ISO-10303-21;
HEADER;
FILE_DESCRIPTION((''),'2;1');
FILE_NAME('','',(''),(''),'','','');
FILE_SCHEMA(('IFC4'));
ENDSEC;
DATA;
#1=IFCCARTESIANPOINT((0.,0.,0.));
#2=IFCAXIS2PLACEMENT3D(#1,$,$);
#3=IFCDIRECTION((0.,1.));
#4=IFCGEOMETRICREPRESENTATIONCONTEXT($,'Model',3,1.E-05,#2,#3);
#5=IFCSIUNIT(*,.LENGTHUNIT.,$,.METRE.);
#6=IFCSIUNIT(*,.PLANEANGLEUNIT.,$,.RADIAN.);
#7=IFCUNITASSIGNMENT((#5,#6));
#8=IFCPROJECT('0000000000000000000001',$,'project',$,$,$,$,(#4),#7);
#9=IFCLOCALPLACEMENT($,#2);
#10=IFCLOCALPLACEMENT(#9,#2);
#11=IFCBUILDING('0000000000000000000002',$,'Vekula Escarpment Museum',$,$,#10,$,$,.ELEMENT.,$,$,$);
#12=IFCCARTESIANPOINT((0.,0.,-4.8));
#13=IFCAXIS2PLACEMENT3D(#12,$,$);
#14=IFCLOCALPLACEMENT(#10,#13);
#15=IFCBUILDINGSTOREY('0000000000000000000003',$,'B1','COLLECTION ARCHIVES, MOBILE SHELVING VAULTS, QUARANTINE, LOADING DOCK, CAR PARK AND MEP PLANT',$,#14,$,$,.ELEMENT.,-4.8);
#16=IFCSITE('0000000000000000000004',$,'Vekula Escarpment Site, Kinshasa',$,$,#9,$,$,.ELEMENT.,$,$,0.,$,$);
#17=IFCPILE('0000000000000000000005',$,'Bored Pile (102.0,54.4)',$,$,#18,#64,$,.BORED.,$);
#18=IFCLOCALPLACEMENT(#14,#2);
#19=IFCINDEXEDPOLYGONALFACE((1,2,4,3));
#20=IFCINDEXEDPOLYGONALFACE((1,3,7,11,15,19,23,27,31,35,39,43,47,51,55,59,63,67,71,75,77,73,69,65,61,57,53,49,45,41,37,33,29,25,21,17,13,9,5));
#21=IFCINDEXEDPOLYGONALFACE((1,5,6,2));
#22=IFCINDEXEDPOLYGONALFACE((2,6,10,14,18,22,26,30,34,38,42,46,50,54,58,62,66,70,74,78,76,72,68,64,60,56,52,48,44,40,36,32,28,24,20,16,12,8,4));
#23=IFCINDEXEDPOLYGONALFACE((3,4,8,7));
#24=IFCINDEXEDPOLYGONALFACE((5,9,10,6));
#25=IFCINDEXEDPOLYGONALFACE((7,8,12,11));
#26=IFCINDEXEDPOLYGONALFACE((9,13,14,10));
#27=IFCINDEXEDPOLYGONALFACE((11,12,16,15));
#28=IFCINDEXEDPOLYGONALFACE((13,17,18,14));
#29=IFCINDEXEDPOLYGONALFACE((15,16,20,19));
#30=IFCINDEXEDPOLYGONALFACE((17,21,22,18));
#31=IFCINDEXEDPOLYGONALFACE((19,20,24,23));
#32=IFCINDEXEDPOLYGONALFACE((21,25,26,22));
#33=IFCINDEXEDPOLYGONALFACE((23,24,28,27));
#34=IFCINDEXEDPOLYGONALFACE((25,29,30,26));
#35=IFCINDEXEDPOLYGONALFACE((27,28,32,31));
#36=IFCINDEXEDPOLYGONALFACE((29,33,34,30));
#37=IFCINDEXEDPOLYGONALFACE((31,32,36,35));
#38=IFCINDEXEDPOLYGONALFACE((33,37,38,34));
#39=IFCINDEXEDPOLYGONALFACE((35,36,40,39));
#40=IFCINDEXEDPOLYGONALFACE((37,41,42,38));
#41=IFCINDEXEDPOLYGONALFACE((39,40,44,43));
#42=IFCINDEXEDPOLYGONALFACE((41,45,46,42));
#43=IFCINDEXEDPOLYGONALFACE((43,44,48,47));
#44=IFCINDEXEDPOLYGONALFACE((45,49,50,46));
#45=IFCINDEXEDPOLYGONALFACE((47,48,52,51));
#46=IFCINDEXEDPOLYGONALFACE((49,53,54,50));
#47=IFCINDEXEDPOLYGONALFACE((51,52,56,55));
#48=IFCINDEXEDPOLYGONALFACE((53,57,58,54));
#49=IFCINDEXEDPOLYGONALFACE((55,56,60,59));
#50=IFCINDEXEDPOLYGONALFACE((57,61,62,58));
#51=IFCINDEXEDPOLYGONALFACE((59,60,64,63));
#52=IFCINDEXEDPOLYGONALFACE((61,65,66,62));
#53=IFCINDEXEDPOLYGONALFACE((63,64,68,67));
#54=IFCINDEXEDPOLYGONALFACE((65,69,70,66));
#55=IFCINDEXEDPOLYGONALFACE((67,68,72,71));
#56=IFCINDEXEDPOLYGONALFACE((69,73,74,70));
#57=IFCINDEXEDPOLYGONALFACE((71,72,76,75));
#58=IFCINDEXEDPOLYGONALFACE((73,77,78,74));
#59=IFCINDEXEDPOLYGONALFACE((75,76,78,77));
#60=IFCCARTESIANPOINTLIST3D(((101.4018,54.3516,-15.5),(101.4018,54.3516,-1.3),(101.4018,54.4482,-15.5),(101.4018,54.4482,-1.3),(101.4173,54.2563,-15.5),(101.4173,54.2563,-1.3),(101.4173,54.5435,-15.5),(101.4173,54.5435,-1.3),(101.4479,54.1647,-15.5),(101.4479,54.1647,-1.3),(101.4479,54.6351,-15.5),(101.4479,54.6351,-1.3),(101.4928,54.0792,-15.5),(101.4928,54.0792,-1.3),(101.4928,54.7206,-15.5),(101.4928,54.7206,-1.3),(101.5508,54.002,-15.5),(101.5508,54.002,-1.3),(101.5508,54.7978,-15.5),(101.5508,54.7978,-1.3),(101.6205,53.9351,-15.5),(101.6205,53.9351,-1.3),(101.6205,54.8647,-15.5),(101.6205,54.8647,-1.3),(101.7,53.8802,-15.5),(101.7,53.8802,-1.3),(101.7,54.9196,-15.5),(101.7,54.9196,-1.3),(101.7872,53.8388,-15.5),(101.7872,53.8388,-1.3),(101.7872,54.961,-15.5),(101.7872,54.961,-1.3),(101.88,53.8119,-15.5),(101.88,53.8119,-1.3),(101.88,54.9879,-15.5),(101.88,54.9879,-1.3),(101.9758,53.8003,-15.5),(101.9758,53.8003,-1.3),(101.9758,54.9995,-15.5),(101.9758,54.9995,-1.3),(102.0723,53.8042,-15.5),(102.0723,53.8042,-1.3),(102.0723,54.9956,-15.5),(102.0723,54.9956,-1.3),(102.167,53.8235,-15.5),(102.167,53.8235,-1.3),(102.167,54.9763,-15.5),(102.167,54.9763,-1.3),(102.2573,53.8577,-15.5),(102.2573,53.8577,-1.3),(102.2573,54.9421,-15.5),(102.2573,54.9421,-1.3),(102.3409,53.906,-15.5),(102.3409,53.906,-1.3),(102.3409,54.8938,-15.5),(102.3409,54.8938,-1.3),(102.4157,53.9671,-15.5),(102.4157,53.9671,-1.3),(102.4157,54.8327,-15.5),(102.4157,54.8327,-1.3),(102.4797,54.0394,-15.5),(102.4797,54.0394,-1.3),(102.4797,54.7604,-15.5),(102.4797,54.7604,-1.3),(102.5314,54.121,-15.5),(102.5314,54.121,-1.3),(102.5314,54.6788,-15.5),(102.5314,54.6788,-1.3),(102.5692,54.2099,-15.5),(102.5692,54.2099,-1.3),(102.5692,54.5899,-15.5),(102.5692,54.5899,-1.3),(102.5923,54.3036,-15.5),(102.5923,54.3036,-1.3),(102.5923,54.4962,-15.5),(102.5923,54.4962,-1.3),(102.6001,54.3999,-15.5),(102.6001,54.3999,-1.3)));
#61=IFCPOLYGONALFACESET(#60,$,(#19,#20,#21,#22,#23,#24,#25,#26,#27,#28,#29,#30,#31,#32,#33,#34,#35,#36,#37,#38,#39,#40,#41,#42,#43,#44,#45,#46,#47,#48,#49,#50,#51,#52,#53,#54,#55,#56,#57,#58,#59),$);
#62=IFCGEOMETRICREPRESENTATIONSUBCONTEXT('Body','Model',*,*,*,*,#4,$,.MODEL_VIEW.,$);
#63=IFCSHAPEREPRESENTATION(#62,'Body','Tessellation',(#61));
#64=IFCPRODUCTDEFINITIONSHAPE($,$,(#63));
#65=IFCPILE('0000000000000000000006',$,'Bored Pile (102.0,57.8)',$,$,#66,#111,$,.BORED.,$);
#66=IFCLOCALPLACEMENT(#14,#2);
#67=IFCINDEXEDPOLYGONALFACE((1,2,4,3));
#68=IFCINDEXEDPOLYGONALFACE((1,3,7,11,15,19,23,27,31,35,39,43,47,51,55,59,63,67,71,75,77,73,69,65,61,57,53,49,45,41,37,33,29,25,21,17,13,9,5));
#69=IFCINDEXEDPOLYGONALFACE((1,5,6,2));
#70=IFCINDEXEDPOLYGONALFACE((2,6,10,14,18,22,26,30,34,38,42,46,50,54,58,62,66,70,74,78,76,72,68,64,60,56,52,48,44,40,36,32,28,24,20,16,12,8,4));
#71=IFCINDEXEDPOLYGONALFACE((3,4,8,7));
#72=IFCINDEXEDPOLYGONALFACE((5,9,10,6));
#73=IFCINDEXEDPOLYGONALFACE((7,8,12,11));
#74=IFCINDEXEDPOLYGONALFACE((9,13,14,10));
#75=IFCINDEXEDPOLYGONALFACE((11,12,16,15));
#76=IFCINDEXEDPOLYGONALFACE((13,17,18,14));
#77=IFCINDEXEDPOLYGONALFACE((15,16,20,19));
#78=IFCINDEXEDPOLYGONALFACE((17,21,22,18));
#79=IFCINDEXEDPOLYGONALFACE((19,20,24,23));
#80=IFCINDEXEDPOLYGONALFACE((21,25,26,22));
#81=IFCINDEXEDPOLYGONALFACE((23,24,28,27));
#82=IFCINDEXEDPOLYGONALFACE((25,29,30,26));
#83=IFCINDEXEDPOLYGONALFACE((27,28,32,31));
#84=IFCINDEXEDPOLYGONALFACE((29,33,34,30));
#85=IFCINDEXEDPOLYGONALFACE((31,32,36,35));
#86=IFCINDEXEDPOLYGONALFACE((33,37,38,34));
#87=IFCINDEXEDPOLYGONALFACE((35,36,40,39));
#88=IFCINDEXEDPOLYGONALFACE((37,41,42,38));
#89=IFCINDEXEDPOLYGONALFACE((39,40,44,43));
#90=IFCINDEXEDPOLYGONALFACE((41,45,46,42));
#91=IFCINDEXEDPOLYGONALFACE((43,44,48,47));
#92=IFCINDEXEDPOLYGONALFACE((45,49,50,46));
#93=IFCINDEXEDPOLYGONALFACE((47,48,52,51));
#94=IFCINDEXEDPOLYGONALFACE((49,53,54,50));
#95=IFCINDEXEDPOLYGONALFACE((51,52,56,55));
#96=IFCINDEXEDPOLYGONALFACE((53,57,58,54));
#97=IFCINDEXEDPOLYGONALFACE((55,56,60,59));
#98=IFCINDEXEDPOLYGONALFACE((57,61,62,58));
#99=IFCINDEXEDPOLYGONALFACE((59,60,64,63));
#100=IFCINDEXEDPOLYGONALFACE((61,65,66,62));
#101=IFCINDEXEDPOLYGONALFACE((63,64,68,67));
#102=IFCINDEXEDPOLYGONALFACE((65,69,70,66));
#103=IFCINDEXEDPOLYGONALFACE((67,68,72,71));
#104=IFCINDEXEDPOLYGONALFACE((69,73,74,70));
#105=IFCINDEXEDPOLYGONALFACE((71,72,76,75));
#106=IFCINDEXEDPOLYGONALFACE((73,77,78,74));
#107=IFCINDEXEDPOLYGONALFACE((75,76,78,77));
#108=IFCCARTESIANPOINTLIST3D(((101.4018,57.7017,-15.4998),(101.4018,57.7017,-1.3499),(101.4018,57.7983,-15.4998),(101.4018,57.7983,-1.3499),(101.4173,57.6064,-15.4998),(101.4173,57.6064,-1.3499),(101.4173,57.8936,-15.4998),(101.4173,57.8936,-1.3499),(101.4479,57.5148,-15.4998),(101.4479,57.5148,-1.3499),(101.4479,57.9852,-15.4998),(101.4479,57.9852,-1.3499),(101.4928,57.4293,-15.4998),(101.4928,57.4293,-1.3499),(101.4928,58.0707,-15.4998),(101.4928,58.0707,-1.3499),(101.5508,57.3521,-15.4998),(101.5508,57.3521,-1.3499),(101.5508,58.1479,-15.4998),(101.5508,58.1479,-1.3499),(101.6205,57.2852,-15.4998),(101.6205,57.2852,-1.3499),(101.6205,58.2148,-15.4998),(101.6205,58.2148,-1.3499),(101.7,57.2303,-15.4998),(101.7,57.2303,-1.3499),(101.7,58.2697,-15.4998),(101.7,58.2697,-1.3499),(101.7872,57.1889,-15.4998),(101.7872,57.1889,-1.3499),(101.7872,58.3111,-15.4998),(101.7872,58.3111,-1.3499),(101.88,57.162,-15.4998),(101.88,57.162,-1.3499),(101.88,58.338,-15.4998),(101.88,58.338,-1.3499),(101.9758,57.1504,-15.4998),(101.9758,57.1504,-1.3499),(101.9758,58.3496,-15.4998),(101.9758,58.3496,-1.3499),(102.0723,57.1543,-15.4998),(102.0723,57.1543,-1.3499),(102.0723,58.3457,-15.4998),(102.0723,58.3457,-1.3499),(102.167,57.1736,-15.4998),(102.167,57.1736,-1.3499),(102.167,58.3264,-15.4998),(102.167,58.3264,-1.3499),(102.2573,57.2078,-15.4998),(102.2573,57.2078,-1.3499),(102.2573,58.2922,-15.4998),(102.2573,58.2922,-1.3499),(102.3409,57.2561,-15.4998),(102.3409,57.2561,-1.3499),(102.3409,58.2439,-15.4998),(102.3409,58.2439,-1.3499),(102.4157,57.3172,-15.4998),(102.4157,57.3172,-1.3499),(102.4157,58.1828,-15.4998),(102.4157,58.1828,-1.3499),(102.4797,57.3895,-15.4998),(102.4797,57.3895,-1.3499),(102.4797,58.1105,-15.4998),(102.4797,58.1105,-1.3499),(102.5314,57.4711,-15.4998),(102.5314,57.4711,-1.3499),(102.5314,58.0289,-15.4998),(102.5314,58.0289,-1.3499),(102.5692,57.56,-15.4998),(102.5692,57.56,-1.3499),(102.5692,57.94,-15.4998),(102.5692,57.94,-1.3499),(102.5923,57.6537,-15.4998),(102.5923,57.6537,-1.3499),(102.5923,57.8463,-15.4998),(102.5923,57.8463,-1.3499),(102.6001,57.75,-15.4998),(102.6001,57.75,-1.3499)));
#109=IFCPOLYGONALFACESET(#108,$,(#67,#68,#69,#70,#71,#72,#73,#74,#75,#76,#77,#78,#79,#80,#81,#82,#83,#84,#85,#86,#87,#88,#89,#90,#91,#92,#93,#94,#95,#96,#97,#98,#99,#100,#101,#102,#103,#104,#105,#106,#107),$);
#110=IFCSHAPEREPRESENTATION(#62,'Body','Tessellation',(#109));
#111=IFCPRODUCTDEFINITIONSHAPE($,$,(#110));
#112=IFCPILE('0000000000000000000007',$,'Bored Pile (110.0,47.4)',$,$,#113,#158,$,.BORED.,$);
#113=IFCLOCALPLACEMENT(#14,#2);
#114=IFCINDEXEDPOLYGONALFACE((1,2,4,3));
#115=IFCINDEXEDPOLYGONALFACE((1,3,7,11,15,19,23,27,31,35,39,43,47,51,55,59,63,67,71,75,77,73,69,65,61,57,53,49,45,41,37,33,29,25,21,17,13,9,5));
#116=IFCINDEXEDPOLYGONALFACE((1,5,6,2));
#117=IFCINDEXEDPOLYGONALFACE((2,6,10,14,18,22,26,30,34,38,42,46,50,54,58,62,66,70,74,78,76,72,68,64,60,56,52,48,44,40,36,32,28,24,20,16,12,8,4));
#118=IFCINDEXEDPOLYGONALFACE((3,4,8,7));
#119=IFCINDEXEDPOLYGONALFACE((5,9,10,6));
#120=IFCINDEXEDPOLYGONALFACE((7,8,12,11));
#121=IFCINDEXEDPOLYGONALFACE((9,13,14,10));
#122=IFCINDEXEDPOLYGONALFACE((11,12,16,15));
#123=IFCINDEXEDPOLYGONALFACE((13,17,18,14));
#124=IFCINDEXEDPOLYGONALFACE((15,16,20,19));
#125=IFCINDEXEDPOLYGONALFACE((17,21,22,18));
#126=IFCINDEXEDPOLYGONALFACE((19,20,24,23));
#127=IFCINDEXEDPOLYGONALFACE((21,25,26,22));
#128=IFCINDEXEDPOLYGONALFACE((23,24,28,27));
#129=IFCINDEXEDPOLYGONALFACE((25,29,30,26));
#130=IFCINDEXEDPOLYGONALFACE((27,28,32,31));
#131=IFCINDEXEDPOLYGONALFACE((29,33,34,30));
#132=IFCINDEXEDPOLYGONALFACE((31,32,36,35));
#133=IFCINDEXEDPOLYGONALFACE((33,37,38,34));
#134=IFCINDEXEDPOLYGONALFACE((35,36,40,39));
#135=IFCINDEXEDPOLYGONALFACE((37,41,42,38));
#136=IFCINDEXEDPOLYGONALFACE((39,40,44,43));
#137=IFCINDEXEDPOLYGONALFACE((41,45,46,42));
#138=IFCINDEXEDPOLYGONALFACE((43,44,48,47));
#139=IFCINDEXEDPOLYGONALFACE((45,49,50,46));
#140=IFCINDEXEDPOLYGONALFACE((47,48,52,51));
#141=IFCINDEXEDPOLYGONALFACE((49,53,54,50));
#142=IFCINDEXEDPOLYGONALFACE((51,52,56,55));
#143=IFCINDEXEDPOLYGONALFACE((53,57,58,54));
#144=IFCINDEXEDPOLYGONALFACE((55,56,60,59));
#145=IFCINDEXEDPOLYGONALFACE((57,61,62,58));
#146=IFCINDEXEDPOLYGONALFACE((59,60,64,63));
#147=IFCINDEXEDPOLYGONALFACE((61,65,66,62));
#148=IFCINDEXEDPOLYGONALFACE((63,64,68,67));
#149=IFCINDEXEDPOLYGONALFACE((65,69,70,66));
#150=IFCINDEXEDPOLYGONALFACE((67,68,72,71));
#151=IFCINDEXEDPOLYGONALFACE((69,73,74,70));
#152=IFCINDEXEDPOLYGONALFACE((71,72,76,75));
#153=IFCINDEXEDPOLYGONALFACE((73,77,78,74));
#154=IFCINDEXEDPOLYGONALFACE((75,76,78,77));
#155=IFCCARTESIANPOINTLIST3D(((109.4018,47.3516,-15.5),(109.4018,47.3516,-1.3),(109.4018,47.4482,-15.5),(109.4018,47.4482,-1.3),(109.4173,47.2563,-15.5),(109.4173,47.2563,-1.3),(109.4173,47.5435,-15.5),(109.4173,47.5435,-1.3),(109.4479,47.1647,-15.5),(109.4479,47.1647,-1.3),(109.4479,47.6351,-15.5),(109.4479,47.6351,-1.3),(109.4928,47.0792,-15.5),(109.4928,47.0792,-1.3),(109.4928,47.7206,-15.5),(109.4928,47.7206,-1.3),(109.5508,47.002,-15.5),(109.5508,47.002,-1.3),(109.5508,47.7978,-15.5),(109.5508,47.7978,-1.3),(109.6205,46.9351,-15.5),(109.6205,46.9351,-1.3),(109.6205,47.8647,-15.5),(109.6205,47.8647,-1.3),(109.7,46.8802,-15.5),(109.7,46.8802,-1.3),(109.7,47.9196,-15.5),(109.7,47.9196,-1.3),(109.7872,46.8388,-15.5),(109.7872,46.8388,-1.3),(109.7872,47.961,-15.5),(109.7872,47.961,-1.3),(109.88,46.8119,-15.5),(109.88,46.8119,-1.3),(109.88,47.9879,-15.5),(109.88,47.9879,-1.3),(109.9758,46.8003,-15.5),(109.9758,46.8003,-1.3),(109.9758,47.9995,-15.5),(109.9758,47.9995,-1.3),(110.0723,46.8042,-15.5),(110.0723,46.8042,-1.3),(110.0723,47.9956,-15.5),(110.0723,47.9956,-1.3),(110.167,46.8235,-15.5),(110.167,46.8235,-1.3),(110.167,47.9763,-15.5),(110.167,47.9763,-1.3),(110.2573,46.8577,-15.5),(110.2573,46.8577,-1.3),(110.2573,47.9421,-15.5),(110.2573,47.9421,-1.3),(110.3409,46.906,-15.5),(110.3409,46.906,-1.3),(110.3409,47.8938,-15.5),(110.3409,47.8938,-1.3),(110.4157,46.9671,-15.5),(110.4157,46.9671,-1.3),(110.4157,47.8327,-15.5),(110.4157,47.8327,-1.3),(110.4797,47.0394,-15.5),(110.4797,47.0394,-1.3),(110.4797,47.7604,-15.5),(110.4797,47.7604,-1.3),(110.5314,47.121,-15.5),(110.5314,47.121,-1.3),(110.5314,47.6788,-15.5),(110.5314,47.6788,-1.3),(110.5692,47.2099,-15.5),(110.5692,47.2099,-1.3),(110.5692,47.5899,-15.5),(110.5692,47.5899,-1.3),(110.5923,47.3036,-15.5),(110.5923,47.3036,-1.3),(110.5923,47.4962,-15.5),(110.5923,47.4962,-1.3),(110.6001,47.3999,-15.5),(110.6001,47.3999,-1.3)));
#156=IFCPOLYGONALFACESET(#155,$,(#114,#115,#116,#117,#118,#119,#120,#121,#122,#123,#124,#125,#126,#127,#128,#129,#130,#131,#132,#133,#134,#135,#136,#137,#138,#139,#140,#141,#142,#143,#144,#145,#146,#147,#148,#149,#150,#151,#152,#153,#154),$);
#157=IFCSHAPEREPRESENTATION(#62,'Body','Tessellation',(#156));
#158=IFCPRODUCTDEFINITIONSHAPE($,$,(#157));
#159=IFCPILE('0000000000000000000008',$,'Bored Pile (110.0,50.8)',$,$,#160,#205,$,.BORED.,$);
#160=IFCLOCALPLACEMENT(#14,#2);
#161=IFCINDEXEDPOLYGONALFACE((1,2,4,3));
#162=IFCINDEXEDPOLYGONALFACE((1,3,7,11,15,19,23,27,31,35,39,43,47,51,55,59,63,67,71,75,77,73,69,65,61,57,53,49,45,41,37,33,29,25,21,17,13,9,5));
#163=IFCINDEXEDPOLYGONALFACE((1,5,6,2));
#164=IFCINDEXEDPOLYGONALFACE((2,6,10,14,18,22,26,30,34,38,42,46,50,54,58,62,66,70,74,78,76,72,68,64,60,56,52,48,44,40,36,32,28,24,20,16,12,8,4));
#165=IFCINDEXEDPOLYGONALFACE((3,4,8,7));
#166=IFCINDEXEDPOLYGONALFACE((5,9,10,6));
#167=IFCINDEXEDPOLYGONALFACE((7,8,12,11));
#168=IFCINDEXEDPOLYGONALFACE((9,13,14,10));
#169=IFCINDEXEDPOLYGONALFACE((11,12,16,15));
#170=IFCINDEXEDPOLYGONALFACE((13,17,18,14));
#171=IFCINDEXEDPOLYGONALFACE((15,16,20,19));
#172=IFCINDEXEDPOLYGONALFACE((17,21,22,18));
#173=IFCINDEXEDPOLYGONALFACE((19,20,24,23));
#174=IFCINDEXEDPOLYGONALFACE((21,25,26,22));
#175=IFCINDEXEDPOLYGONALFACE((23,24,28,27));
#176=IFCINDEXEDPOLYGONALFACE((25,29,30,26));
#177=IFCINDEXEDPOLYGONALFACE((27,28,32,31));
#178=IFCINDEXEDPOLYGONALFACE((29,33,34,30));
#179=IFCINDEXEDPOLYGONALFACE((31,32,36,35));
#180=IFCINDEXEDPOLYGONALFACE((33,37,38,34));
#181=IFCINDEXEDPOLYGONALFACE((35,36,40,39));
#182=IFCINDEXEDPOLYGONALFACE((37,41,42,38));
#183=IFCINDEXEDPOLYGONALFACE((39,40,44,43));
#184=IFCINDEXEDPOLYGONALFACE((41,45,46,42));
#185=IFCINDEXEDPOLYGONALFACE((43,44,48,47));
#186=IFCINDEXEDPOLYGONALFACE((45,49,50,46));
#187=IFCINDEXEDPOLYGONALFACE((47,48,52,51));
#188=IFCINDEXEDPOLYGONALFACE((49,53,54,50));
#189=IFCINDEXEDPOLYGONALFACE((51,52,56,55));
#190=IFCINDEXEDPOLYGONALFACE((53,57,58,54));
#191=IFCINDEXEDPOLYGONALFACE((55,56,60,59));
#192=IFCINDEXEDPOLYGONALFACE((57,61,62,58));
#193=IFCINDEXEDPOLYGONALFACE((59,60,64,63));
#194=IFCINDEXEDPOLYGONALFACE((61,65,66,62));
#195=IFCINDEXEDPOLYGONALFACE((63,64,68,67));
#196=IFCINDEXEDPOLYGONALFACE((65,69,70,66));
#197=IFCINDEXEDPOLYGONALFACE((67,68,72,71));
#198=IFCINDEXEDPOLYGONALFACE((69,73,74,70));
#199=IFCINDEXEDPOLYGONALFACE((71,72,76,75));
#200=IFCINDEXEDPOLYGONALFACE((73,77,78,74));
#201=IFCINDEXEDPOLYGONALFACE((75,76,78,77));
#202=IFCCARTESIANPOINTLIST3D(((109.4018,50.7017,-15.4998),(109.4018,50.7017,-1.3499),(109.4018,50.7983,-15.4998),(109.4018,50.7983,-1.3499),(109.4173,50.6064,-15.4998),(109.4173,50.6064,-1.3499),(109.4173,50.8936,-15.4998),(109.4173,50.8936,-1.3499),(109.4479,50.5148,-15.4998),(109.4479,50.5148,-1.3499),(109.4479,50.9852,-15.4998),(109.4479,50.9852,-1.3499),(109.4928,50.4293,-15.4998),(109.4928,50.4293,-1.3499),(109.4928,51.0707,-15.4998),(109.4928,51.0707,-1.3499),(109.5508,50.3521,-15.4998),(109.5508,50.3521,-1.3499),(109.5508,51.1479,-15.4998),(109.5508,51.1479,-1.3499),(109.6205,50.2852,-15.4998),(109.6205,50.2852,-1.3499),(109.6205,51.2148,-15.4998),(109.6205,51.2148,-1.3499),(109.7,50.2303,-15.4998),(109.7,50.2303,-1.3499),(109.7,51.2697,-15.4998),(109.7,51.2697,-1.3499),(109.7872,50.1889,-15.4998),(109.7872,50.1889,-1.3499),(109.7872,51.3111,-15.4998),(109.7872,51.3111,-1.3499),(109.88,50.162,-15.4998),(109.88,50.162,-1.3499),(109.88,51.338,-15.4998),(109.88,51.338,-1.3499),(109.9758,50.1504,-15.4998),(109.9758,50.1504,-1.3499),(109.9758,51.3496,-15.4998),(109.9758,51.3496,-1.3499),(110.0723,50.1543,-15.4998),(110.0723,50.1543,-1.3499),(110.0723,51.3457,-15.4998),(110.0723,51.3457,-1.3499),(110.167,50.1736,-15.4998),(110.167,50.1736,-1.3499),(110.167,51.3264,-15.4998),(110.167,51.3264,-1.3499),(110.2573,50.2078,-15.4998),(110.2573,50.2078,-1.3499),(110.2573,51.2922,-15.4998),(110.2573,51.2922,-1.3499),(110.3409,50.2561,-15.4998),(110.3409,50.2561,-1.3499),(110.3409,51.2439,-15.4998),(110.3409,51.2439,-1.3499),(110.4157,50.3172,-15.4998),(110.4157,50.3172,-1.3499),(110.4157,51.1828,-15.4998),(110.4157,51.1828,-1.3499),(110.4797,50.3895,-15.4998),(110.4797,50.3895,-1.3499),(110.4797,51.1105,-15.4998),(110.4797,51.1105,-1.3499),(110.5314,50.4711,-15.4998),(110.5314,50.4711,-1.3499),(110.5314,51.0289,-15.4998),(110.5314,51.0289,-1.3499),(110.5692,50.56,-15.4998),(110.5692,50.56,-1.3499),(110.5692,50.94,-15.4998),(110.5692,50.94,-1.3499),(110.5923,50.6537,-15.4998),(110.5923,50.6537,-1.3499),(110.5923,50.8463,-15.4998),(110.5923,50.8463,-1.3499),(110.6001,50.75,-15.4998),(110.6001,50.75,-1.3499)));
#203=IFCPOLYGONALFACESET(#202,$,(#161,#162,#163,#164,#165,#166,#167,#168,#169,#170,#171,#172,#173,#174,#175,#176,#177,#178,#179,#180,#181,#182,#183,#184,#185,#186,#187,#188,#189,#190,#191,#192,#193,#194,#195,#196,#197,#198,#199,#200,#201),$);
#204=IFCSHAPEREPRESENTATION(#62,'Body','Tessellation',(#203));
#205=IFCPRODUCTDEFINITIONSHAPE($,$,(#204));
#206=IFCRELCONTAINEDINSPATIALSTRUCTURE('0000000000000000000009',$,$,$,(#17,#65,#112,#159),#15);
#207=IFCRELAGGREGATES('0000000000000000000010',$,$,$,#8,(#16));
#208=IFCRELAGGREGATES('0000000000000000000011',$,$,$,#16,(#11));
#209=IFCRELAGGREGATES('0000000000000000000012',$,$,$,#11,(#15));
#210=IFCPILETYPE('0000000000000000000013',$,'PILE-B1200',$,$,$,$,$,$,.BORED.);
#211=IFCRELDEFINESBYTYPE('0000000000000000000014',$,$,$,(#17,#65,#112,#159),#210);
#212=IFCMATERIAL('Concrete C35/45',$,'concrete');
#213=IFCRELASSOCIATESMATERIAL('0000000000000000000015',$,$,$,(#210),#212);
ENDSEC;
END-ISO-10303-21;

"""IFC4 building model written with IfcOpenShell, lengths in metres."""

from ifc_helpers import new_model, si_unit, direction, frame, origin, origin_2d, place, context, subcontext, project, spatial, circle, extrude, material, material_profile, profile_set, type_object, element, save


model = new_model("IFC4")

# Units and contexts
model_context = context("Model", 3, precision=1e-05, world=origin(), true_north=direction((0.0, 1.0)))
body_context = subcontext(model_context, "Body", "Model", "MODEL_VIEW")
ifc_project = project(units=[si_unit("LENGTHUNIT", "METRE"), si_unit("PLANEANGLEUNIT", "RADIAN")], contexts=[model_context])

# Site, building, storey
site_placement = place(None, origin())
site = spatial("IfcSite", under=ifc_project, at=site_placement, Name="Vekula Escarpment Site, Kinshasa", CompositionType="ELEMENT", RefElevation=0.0)
building_placement = place(site_placement, origin())
building = spatial("IfcBuilding", under=site, at=building_placement, Name="Vekula Escarpment Museum", CompositionType="ELEMENT")
storey_placement = place(building_placement, frame((0.0, 0.0, -4.8)))
storey = spatial("IfcBuildingStorey", under=building, at=storey_placement, Name="B1", Description="COLLECTION ARCHIVES, MOBILE SHELVING VAULTS, QUARANTINE, LOADING DOCK, CAR PARK AND MEP PLANT", CompositionType="ELEMENT", Elevation=-4.8)

# Piles
ifc_material_1 = material(Name="Concrete C35/45", Category="concrete")
ifc_material_profile_1 = material_profile(ifc_material_1, circle(Radius=0.6001, at=origin_2d()), Name="BORED PILE 1200")
ifc_profile_set_1 = profile_set([ifc_material_profile_1], Name="Concrete C35/45")
pile_type = type_object("IfcPileType", Name="PILE-B1200", PredefinedType="BORED", material=ifc_profile_set_1)
for number, where, z_axis, x_axis, name in (
    (1, (102.0, 54.3999, -1.3), (0.0, 0.0, -1.0), (1.0, 0.0, 0.0), "Bored Pile (102.0,54.4)"),
):
    element("IfcPile", number, at=place(storey_placement, frame(where, z_axis=z_axis, x_axis=x_axis)), inside=storey, type_object=pile_type, Name=name, PredefinedType="BORED", context=body_context, shape_type="SweptSolid", body=[
        extrude(circle(Radius=0.6001, at=origin_2d()), origin(), (0.0, 0.0, 1.0), 14.2),
    ])
pile_1_placement = place(storey_placement, frame((102.0, 57.75, -1.3499), z_axis=(0.0, 0.0, -1.0), x_axis=(1.0, 0.0, 0.0)))
element("IfcPile", 2, at=pile_1_placement, inside=storey, type_object=pile_type, Name="Bored Pile (102.0,57.8)", PredefinedType="BORED", context=body_context, shape_type="SweptSolid", body=[
    extrude(circle(Radius=0.6001, at=origin_2d()), origin(), (0.0, 0.0, 1.0), 14.1499),
])
pile_2_placement = place(storey_placement, frame((110.0, 47.3999, -1.3), z_axis=(0.0, 0.0, -1.0), x_axis=(1.0, 0.0, 0.0)))
element("IfcPile", 3, at=pile_2_placement, inside=storey, type_object=pile_type, Name="Bored Pile (110.0,47.4)", PredefinedType="BORED", context=body_context, shape_type="SweptSolid", body=[
    extrude(circle(Radius=0.6001, at=origin_2d()), origin(), (0.0, 0.0, 1.0), 14.2),
])
pile_3_placement = place(storey_placement, frame((110.0, 50.75, -1.3499), z_axis=(0.0, 0.0, -1.0), x_axis=(1.0, 0.0, 0.0)))
element("IfcPile", 4, at=pile_3_placement, inside=storey, type_object=pile_type, Name="Bored Pile (110.0,50.8)", PredefinedType="BORED", context=body_context, shape_type="SweptSolid", body=[
    extrude(circle(Radius=0.6001, at=origin_2d()), origin(), (0.0, 0.0, 1.0), 14.1499),
])

save(model, "model.ifc")
